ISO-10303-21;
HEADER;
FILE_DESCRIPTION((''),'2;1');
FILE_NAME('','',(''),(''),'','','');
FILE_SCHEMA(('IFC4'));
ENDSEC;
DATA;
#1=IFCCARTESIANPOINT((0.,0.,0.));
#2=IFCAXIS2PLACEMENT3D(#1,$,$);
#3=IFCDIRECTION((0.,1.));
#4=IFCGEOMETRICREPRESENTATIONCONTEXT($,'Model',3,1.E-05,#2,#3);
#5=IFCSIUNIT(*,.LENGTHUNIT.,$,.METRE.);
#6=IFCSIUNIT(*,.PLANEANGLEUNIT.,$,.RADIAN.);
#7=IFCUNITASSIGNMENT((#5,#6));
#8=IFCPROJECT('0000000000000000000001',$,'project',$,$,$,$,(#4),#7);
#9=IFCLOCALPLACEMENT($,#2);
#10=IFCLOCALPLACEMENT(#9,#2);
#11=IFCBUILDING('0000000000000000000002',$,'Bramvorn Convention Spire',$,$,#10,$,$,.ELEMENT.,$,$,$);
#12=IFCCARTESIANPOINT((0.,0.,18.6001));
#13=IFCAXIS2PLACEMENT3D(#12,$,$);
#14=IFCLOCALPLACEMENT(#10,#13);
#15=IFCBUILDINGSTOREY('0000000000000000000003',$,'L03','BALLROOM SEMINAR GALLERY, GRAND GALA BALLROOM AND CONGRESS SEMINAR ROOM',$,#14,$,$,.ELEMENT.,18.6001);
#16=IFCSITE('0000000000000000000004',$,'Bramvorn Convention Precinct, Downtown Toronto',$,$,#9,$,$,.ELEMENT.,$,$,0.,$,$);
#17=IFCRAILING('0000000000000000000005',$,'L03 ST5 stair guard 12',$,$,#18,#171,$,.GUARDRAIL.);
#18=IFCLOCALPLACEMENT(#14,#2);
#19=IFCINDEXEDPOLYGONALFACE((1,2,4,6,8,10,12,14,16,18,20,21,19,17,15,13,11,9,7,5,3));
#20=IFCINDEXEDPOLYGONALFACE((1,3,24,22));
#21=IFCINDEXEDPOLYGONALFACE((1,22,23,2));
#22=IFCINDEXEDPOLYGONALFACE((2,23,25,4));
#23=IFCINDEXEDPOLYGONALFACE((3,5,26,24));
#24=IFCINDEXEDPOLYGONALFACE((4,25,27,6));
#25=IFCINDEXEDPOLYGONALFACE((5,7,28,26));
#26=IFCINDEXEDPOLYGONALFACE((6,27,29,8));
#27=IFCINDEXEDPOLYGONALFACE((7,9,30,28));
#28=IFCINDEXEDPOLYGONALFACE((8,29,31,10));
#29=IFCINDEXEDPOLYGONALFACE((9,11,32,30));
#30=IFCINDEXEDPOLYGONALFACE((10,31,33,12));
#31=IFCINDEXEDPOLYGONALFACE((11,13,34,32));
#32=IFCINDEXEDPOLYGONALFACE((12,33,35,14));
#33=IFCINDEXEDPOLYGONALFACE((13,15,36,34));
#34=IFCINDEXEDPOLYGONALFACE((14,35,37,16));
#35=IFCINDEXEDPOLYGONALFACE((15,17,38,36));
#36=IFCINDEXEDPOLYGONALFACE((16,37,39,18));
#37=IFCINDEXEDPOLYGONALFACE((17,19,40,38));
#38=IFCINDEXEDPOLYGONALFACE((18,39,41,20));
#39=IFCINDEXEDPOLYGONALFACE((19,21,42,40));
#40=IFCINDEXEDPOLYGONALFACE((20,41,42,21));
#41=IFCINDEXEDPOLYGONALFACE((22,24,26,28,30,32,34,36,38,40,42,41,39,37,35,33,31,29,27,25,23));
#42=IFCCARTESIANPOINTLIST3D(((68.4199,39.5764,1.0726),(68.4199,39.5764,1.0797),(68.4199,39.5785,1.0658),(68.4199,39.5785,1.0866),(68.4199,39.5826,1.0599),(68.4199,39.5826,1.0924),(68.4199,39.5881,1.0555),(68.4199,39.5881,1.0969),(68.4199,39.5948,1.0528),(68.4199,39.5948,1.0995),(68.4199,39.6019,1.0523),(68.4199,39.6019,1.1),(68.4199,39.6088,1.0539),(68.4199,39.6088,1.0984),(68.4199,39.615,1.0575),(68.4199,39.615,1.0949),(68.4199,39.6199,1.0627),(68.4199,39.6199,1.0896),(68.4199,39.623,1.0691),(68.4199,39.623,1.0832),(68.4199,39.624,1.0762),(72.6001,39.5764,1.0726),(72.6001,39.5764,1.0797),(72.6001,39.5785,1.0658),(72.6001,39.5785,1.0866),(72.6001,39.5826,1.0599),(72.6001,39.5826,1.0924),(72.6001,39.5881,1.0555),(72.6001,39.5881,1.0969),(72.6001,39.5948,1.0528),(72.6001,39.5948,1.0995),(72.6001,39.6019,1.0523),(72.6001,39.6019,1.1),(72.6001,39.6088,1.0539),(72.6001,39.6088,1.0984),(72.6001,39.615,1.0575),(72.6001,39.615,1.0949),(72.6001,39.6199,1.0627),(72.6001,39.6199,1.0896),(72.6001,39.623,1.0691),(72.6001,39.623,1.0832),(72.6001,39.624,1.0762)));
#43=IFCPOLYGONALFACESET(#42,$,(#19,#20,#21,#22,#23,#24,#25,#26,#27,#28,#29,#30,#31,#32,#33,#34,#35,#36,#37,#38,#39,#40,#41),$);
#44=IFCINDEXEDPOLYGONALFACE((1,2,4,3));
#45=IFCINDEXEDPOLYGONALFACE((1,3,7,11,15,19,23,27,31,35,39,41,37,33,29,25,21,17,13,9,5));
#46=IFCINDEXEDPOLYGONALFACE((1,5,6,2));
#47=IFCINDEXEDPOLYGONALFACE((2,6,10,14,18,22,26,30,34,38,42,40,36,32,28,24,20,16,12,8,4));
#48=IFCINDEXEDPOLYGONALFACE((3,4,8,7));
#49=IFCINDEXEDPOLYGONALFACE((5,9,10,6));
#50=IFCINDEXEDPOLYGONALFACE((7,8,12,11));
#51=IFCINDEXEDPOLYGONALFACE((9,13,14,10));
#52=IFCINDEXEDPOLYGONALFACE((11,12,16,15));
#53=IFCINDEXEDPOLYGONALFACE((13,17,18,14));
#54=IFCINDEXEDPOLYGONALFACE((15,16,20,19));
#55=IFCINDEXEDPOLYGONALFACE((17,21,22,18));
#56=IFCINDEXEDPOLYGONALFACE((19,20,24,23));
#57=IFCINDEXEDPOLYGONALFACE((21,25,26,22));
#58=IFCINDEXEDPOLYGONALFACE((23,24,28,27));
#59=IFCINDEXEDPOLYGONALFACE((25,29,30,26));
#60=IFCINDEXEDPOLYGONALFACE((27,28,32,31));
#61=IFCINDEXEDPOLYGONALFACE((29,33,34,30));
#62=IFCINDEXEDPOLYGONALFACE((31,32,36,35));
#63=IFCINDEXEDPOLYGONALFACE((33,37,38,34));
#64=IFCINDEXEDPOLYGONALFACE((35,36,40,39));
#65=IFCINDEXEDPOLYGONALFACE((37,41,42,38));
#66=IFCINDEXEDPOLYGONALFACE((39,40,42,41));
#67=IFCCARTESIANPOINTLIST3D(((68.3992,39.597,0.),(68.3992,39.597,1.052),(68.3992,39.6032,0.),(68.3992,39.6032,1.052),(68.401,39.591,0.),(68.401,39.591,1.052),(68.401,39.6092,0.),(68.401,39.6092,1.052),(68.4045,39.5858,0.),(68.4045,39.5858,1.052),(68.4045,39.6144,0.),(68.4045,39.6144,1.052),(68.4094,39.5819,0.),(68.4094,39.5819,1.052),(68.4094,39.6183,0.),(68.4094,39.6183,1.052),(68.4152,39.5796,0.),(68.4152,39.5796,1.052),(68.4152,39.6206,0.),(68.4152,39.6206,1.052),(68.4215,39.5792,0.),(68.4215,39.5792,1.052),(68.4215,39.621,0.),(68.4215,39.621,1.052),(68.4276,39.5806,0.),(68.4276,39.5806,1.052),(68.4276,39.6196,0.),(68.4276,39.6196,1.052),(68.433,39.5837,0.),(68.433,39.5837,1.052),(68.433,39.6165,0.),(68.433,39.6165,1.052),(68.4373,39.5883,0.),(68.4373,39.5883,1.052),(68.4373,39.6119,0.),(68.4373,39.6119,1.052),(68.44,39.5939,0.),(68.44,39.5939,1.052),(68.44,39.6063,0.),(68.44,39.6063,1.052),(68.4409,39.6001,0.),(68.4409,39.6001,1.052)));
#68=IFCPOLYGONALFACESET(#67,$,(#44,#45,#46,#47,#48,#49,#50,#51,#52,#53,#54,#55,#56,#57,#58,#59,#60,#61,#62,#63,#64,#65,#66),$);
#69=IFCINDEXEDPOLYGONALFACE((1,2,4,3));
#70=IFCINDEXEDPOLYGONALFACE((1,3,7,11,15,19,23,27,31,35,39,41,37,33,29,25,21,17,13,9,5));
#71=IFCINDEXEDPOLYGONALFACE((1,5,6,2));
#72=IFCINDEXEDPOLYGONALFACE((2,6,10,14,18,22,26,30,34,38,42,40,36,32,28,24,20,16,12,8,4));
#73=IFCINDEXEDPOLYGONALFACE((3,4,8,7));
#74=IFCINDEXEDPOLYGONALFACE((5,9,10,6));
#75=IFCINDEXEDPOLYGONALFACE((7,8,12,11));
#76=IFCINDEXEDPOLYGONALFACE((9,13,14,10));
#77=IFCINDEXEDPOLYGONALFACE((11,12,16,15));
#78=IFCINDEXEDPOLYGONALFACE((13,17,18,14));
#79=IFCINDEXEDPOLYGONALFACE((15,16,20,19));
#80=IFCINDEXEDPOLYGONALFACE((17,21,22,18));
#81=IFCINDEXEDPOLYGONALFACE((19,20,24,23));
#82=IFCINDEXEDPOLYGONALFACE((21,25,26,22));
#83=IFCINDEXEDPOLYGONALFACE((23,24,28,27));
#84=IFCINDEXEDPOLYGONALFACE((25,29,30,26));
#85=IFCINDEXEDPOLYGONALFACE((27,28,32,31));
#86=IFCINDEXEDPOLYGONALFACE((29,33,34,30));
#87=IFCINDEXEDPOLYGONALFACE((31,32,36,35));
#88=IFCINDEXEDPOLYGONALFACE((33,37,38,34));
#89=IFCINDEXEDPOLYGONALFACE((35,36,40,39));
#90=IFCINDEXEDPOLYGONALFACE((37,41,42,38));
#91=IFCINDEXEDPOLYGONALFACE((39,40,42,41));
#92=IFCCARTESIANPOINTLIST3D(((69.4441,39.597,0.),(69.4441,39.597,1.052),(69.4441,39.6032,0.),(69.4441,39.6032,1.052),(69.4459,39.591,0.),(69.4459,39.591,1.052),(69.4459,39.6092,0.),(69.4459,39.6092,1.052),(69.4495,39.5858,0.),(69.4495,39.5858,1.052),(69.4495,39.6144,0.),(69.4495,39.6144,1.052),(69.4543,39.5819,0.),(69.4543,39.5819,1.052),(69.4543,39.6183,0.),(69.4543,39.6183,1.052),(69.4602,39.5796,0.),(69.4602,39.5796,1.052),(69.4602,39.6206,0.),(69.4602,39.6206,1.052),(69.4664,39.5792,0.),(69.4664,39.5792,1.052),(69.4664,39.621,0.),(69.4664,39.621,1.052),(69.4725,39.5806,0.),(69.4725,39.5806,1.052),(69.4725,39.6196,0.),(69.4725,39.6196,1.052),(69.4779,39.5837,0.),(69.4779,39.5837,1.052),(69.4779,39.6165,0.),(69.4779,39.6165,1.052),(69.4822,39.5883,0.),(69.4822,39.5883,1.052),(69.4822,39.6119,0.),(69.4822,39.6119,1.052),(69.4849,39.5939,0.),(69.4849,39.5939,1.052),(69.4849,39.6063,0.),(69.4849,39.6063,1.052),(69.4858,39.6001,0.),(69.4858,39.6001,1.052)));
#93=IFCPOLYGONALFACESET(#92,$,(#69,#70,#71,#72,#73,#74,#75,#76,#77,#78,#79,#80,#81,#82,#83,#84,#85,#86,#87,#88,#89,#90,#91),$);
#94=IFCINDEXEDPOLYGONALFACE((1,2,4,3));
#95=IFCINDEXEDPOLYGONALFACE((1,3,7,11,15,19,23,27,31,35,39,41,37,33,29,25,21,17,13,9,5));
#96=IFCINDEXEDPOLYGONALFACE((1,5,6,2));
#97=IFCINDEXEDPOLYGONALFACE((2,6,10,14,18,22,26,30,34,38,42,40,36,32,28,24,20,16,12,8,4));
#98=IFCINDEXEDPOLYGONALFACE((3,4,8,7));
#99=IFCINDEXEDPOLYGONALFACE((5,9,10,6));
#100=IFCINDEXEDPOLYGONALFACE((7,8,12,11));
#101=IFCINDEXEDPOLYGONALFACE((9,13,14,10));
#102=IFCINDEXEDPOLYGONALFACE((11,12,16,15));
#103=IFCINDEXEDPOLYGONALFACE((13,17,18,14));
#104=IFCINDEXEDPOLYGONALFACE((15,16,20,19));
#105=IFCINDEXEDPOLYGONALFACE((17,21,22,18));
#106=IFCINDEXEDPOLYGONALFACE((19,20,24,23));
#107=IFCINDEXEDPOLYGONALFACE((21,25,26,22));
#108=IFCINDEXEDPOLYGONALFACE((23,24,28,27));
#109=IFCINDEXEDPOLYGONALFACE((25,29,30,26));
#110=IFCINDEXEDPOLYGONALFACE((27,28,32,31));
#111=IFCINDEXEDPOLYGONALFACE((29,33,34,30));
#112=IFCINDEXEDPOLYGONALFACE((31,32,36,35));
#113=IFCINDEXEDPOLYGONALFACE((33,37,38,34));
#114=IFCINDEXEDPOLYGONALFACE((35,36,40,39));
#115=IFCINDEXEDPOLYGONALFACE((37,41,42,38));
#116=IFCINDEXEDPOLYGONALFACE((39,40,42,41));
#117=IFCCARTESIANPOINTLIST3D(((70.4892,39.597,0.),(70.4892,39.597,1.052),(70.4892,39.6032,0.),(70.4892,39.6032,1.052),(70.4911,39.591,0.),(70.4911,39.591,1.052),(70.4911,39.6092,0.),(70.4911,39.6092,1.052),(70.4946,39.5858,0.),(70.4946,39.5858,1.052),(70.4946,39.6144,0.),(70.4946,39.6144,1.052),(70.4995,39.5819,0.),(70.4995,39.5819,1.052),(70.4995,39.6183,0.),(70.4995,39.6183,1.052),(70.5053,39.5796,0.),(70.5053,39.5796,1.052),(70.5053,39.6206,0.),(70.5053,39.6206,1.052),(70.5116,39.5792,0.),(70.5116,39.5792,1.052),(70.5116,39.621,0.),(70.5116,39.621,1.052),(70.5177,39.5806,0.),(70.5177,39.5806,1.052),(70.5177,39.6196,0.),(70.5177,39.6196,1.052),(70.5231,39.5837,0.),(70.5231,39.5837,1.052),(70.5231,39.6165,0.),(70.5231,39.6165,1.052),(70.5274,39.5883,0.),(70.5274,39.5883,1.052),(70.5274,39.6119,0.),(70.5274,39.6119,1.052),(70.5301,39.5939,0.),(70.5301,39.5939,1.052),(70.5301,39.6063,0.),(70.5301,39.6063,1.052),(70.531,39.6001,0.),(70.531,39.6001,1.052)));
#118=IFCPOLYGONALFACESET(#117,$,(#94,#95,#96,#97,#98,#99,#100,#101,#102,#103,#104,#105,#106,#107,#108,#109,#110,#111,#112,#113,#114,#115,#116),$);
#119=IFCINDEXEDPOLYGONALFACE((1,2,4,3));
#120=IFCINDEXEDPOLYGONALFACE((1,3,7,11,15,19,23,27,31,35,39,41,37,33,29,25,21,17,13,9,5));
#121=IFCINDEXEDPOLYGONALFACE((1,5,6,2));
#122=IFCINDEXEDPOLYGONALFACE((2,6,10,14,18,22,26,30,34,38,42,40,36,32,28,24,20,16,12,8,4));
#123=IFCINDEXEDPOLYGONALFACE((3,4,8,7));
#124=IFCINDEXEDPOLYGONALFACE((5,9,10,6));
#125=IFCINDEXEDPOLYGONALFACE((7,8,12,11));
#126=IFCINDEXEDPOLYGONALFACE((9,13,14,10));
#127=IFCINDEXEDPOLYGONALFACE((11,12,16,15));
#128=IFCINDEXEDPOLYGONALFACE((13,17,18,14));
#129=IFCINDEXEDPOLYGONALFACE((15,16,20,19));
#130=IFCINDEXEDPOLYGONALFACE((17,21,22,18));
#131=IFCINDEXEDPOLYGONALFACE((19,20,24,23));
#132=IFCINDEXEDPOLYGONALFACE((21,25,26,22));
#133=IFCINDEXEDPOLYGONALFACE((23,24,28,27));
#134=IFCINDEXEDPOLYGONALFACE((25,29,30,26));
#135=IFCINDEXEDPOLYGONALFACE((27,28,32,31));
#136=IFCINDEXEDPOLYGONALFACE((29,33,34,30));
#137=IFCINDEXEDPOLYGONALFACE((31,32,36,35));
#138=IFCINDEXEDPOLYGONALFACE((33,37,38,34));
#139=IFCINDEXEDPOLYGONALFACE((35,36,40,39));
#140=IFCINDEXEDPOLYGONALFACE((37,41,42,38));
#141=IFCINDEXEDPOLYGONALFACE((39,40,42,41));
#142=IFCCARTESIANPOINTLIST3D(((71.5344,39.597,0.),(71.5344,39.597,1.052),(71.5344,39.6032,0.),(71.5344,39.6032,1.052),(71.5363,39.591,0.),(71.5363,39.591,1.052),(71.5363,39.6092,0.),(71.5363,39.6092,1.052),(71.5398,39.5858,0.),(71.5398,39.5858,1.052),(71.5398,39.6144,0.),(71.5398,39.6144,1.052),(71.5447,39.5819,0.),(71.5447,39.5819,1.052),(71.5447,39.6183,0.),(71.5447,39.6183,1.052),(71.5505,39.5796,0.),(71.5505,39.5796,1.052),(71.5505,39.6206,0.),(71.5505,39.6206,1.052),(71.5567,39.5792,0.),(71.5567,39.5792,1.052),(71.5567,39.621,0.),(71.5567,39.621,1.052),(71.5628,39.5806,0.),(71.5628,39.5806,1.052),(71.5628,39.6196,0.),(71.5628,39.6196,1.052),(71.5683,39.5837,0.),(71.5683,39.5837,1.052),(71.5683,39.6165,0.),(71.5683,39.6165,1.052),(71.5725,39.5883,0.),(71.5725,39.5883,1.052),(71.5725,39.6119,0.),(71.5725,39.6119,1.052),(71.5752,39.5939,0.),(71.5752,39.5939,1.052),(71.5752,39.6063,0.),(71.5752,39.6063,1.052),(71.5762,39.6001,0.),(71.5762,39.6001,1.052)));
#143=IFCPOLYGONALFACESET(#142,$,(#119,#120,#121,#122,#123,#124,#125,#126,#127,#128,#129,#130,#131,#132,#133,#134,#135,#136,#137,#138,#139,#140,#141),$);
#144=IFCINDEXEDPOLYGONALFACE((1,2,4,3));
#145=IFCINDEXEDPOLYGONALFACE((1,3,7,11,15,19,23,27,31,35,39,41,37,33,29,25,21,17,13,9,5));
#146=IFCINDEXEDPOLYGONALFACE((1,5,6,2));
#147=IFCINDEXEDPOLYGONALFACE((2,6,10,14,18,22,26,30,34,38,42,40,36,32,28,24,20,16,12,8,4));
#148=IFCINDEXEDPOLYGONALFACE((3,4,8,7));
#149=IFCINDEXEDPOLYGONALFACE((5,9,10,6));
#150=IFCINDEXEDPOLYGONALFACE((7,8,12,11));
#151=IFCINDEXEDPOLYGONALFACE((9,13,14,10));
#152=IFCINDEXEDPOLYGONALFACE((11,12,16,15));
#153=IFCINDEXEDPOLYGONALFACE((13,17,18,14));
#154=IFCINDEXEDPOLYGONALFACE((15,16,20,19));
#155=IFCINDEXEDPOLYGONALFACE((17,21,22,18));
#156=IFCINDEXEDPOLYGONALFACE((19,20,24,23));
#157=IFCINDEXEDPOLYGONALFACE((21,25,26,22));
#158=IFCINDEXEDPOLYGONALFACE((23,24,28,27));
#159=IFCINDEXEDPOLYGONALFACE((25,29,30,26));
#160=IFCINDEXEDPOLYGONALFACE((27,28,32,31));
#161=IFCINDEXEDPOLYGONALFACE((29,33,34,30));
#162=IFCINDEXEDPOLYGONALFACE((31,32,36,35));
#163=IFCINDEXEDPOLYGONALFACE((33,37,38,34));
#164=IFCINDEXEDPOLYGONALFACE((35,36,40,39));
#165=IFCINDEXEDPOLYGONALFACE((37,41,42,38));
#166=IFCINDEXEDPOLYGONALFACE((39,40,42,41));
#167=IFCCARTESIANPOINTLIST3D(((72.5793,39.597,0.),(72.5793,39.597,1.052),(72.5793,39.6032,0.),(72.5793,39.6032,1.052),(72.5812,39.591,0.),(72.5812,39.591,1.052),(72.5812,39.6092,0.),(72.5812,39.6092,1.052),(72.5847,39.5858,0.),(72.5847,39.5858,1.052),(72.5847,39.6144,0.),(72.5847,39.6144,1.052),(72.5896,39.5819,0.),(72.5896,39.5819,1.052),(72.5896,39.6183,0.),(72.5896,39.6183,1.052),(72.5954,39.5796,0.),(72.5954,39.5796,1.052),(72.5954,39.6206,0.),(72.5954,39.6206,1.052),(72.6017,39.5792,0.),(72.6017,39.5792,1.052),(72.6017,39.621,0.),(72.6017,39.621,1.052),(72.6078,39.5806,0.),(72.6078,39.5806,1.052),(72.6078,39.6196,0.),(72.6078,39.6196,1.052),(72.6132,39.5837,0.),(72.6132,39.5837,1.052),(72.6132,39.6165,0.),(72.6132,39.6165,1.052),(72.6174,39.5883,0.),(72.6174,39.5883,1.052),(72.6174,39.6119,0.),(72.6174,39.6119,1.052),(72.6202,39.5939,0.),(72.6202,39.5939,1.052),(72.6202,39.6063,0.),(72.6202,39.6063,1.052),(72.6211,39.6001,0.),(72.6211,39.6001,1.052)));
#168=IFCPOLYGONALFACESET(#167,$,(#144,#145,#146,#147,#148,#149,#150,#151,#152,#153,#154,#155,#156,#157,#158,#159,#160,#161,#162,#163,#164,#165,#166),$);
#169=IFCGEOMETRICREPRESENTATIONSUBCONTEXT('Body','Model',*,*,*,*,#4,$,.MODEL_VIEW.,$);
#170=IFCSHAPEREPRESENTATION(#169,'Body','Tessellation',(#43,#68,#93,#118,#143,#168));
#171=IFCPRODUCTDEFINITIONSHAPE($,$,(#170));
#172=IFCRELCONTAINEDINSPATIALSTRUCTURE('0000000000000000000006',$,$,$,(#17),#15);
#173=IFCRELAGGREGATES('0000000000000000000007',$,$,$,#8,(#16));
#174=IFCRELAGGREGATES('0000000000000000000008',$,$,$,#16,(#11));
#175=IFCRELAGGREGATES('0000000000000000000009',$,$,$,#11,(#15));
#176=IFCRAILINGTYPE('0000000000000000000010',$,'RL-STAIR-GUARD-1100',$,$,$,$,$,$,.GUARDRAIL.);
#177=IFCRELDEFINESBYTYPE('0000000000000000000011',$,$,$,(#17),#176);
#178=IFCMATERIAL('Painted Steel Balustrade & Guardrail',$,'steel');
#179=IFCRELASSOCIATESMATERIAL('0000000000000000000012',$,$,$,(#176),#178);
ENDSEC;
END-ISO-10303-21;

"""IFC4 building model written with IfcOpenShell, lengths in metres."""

from ifc_helpers import new_model, si_unit, direction, frame, origin, origin_2d, place, context, subcontext, project, spatial, circle, extrude, material, type_object, element, save


model = new_model("IFC4")

# Units and contexts
model_context = context("Model", 3, precision=1e-05, world=origin(), true_north=direction((0.0, 1.0)))
body_context = subcontext(model_context, "Body", "Model", "MODEL_VIEW")
ifc_project = project(units=[si_unit("LENGTHUNIT", "METRE"), si_unit("PLANEANGLEUNIT", "RADIAN")], contexts=[model_context])

# Site, building, storey
site_placement = place(None, origin())
site = spatial("IfcSite", under=ifc_project, at=site_placement, Name="Bramvorn Convention Precinct, Downtown Toronto", CompositionType="ELEMENT", RefElevation=0.0)
building_placement = place(site_placement, origin())
building = spatial("IfcBuilding", under=site, at=building_placement, Name="Bramvorn Convention Spire", CompositionType="ELEMENT")
storey_placement = place(building_placement, frame((0.0, 0.0, 18.6001)))
storey = spatial("IfcBuildingStorey", under=building, at=storey_placement, Name="L03", Description="BALLROOM SEMINAR GALLERY, GRAND GALA BALLROOM AND CONGRESS SEMINAR ROOM", CompositionType="ELEMENT", Elevation=18.6001)

# Railing
ifc_material_1 = material(Name="Painted Steel Balustrade & Guardrail", Category="steel")
railing_type_1 = type_object("IfcRailingType", Name="RL-STAIR-GUARD-1100", PredefinedType="GUARDRAIL", material=ifc_material_1)
railing_1_placement = place(storey_placement, frame((68.4199, 39.6001, 0.0)))
element("IfcRailing", 1, at=railing_1_placement, inside=storey, type_object=railing_type_1, Name="L03 ST5 stair guard 12", PredefinedType="GUARDRAIL", context=body_context, shape_type="SweptSolid", body=[
    extrude(circle(Radius=0.0239, at=origin_2d()), frame((0.0, 0.0, 1.0762), z_axis=(1.0, 0.0, 0.0), x_axis=(0.0, 1.0, 0.0)), (0.0, 0.0, 1.0), 4.1802),
    extrude(circle(Radius=0.021, at=origin_2d()), origin(), (0.0, 0.0, 1.0), 1.052),
    extrude(circle(Radius=0.021, at=origin_2d()), frame((1.0449, 0.0, 0.0)), (0.0, 0.0, 1.0), 1.052),
    extrude(circle(Radius=0.021, at=origin_2d()), frame((2.0901, 0.0, 0.0)), (0.0, 0.0, 1.0), 1.052),
    extrude(circle(Radius=0.021, at=origin_2d()), frame((3.1353, 0.0, 0.0)), (0.0, 0.0, 1.0), 1.052),
    extrude(circle(Radius=0.021, at=origin_2d()), frame((4.1802, 0.0, 0.0)), (0.0, 0.0, 1.0), 1.052),
])

save(model, "model.ifc")
